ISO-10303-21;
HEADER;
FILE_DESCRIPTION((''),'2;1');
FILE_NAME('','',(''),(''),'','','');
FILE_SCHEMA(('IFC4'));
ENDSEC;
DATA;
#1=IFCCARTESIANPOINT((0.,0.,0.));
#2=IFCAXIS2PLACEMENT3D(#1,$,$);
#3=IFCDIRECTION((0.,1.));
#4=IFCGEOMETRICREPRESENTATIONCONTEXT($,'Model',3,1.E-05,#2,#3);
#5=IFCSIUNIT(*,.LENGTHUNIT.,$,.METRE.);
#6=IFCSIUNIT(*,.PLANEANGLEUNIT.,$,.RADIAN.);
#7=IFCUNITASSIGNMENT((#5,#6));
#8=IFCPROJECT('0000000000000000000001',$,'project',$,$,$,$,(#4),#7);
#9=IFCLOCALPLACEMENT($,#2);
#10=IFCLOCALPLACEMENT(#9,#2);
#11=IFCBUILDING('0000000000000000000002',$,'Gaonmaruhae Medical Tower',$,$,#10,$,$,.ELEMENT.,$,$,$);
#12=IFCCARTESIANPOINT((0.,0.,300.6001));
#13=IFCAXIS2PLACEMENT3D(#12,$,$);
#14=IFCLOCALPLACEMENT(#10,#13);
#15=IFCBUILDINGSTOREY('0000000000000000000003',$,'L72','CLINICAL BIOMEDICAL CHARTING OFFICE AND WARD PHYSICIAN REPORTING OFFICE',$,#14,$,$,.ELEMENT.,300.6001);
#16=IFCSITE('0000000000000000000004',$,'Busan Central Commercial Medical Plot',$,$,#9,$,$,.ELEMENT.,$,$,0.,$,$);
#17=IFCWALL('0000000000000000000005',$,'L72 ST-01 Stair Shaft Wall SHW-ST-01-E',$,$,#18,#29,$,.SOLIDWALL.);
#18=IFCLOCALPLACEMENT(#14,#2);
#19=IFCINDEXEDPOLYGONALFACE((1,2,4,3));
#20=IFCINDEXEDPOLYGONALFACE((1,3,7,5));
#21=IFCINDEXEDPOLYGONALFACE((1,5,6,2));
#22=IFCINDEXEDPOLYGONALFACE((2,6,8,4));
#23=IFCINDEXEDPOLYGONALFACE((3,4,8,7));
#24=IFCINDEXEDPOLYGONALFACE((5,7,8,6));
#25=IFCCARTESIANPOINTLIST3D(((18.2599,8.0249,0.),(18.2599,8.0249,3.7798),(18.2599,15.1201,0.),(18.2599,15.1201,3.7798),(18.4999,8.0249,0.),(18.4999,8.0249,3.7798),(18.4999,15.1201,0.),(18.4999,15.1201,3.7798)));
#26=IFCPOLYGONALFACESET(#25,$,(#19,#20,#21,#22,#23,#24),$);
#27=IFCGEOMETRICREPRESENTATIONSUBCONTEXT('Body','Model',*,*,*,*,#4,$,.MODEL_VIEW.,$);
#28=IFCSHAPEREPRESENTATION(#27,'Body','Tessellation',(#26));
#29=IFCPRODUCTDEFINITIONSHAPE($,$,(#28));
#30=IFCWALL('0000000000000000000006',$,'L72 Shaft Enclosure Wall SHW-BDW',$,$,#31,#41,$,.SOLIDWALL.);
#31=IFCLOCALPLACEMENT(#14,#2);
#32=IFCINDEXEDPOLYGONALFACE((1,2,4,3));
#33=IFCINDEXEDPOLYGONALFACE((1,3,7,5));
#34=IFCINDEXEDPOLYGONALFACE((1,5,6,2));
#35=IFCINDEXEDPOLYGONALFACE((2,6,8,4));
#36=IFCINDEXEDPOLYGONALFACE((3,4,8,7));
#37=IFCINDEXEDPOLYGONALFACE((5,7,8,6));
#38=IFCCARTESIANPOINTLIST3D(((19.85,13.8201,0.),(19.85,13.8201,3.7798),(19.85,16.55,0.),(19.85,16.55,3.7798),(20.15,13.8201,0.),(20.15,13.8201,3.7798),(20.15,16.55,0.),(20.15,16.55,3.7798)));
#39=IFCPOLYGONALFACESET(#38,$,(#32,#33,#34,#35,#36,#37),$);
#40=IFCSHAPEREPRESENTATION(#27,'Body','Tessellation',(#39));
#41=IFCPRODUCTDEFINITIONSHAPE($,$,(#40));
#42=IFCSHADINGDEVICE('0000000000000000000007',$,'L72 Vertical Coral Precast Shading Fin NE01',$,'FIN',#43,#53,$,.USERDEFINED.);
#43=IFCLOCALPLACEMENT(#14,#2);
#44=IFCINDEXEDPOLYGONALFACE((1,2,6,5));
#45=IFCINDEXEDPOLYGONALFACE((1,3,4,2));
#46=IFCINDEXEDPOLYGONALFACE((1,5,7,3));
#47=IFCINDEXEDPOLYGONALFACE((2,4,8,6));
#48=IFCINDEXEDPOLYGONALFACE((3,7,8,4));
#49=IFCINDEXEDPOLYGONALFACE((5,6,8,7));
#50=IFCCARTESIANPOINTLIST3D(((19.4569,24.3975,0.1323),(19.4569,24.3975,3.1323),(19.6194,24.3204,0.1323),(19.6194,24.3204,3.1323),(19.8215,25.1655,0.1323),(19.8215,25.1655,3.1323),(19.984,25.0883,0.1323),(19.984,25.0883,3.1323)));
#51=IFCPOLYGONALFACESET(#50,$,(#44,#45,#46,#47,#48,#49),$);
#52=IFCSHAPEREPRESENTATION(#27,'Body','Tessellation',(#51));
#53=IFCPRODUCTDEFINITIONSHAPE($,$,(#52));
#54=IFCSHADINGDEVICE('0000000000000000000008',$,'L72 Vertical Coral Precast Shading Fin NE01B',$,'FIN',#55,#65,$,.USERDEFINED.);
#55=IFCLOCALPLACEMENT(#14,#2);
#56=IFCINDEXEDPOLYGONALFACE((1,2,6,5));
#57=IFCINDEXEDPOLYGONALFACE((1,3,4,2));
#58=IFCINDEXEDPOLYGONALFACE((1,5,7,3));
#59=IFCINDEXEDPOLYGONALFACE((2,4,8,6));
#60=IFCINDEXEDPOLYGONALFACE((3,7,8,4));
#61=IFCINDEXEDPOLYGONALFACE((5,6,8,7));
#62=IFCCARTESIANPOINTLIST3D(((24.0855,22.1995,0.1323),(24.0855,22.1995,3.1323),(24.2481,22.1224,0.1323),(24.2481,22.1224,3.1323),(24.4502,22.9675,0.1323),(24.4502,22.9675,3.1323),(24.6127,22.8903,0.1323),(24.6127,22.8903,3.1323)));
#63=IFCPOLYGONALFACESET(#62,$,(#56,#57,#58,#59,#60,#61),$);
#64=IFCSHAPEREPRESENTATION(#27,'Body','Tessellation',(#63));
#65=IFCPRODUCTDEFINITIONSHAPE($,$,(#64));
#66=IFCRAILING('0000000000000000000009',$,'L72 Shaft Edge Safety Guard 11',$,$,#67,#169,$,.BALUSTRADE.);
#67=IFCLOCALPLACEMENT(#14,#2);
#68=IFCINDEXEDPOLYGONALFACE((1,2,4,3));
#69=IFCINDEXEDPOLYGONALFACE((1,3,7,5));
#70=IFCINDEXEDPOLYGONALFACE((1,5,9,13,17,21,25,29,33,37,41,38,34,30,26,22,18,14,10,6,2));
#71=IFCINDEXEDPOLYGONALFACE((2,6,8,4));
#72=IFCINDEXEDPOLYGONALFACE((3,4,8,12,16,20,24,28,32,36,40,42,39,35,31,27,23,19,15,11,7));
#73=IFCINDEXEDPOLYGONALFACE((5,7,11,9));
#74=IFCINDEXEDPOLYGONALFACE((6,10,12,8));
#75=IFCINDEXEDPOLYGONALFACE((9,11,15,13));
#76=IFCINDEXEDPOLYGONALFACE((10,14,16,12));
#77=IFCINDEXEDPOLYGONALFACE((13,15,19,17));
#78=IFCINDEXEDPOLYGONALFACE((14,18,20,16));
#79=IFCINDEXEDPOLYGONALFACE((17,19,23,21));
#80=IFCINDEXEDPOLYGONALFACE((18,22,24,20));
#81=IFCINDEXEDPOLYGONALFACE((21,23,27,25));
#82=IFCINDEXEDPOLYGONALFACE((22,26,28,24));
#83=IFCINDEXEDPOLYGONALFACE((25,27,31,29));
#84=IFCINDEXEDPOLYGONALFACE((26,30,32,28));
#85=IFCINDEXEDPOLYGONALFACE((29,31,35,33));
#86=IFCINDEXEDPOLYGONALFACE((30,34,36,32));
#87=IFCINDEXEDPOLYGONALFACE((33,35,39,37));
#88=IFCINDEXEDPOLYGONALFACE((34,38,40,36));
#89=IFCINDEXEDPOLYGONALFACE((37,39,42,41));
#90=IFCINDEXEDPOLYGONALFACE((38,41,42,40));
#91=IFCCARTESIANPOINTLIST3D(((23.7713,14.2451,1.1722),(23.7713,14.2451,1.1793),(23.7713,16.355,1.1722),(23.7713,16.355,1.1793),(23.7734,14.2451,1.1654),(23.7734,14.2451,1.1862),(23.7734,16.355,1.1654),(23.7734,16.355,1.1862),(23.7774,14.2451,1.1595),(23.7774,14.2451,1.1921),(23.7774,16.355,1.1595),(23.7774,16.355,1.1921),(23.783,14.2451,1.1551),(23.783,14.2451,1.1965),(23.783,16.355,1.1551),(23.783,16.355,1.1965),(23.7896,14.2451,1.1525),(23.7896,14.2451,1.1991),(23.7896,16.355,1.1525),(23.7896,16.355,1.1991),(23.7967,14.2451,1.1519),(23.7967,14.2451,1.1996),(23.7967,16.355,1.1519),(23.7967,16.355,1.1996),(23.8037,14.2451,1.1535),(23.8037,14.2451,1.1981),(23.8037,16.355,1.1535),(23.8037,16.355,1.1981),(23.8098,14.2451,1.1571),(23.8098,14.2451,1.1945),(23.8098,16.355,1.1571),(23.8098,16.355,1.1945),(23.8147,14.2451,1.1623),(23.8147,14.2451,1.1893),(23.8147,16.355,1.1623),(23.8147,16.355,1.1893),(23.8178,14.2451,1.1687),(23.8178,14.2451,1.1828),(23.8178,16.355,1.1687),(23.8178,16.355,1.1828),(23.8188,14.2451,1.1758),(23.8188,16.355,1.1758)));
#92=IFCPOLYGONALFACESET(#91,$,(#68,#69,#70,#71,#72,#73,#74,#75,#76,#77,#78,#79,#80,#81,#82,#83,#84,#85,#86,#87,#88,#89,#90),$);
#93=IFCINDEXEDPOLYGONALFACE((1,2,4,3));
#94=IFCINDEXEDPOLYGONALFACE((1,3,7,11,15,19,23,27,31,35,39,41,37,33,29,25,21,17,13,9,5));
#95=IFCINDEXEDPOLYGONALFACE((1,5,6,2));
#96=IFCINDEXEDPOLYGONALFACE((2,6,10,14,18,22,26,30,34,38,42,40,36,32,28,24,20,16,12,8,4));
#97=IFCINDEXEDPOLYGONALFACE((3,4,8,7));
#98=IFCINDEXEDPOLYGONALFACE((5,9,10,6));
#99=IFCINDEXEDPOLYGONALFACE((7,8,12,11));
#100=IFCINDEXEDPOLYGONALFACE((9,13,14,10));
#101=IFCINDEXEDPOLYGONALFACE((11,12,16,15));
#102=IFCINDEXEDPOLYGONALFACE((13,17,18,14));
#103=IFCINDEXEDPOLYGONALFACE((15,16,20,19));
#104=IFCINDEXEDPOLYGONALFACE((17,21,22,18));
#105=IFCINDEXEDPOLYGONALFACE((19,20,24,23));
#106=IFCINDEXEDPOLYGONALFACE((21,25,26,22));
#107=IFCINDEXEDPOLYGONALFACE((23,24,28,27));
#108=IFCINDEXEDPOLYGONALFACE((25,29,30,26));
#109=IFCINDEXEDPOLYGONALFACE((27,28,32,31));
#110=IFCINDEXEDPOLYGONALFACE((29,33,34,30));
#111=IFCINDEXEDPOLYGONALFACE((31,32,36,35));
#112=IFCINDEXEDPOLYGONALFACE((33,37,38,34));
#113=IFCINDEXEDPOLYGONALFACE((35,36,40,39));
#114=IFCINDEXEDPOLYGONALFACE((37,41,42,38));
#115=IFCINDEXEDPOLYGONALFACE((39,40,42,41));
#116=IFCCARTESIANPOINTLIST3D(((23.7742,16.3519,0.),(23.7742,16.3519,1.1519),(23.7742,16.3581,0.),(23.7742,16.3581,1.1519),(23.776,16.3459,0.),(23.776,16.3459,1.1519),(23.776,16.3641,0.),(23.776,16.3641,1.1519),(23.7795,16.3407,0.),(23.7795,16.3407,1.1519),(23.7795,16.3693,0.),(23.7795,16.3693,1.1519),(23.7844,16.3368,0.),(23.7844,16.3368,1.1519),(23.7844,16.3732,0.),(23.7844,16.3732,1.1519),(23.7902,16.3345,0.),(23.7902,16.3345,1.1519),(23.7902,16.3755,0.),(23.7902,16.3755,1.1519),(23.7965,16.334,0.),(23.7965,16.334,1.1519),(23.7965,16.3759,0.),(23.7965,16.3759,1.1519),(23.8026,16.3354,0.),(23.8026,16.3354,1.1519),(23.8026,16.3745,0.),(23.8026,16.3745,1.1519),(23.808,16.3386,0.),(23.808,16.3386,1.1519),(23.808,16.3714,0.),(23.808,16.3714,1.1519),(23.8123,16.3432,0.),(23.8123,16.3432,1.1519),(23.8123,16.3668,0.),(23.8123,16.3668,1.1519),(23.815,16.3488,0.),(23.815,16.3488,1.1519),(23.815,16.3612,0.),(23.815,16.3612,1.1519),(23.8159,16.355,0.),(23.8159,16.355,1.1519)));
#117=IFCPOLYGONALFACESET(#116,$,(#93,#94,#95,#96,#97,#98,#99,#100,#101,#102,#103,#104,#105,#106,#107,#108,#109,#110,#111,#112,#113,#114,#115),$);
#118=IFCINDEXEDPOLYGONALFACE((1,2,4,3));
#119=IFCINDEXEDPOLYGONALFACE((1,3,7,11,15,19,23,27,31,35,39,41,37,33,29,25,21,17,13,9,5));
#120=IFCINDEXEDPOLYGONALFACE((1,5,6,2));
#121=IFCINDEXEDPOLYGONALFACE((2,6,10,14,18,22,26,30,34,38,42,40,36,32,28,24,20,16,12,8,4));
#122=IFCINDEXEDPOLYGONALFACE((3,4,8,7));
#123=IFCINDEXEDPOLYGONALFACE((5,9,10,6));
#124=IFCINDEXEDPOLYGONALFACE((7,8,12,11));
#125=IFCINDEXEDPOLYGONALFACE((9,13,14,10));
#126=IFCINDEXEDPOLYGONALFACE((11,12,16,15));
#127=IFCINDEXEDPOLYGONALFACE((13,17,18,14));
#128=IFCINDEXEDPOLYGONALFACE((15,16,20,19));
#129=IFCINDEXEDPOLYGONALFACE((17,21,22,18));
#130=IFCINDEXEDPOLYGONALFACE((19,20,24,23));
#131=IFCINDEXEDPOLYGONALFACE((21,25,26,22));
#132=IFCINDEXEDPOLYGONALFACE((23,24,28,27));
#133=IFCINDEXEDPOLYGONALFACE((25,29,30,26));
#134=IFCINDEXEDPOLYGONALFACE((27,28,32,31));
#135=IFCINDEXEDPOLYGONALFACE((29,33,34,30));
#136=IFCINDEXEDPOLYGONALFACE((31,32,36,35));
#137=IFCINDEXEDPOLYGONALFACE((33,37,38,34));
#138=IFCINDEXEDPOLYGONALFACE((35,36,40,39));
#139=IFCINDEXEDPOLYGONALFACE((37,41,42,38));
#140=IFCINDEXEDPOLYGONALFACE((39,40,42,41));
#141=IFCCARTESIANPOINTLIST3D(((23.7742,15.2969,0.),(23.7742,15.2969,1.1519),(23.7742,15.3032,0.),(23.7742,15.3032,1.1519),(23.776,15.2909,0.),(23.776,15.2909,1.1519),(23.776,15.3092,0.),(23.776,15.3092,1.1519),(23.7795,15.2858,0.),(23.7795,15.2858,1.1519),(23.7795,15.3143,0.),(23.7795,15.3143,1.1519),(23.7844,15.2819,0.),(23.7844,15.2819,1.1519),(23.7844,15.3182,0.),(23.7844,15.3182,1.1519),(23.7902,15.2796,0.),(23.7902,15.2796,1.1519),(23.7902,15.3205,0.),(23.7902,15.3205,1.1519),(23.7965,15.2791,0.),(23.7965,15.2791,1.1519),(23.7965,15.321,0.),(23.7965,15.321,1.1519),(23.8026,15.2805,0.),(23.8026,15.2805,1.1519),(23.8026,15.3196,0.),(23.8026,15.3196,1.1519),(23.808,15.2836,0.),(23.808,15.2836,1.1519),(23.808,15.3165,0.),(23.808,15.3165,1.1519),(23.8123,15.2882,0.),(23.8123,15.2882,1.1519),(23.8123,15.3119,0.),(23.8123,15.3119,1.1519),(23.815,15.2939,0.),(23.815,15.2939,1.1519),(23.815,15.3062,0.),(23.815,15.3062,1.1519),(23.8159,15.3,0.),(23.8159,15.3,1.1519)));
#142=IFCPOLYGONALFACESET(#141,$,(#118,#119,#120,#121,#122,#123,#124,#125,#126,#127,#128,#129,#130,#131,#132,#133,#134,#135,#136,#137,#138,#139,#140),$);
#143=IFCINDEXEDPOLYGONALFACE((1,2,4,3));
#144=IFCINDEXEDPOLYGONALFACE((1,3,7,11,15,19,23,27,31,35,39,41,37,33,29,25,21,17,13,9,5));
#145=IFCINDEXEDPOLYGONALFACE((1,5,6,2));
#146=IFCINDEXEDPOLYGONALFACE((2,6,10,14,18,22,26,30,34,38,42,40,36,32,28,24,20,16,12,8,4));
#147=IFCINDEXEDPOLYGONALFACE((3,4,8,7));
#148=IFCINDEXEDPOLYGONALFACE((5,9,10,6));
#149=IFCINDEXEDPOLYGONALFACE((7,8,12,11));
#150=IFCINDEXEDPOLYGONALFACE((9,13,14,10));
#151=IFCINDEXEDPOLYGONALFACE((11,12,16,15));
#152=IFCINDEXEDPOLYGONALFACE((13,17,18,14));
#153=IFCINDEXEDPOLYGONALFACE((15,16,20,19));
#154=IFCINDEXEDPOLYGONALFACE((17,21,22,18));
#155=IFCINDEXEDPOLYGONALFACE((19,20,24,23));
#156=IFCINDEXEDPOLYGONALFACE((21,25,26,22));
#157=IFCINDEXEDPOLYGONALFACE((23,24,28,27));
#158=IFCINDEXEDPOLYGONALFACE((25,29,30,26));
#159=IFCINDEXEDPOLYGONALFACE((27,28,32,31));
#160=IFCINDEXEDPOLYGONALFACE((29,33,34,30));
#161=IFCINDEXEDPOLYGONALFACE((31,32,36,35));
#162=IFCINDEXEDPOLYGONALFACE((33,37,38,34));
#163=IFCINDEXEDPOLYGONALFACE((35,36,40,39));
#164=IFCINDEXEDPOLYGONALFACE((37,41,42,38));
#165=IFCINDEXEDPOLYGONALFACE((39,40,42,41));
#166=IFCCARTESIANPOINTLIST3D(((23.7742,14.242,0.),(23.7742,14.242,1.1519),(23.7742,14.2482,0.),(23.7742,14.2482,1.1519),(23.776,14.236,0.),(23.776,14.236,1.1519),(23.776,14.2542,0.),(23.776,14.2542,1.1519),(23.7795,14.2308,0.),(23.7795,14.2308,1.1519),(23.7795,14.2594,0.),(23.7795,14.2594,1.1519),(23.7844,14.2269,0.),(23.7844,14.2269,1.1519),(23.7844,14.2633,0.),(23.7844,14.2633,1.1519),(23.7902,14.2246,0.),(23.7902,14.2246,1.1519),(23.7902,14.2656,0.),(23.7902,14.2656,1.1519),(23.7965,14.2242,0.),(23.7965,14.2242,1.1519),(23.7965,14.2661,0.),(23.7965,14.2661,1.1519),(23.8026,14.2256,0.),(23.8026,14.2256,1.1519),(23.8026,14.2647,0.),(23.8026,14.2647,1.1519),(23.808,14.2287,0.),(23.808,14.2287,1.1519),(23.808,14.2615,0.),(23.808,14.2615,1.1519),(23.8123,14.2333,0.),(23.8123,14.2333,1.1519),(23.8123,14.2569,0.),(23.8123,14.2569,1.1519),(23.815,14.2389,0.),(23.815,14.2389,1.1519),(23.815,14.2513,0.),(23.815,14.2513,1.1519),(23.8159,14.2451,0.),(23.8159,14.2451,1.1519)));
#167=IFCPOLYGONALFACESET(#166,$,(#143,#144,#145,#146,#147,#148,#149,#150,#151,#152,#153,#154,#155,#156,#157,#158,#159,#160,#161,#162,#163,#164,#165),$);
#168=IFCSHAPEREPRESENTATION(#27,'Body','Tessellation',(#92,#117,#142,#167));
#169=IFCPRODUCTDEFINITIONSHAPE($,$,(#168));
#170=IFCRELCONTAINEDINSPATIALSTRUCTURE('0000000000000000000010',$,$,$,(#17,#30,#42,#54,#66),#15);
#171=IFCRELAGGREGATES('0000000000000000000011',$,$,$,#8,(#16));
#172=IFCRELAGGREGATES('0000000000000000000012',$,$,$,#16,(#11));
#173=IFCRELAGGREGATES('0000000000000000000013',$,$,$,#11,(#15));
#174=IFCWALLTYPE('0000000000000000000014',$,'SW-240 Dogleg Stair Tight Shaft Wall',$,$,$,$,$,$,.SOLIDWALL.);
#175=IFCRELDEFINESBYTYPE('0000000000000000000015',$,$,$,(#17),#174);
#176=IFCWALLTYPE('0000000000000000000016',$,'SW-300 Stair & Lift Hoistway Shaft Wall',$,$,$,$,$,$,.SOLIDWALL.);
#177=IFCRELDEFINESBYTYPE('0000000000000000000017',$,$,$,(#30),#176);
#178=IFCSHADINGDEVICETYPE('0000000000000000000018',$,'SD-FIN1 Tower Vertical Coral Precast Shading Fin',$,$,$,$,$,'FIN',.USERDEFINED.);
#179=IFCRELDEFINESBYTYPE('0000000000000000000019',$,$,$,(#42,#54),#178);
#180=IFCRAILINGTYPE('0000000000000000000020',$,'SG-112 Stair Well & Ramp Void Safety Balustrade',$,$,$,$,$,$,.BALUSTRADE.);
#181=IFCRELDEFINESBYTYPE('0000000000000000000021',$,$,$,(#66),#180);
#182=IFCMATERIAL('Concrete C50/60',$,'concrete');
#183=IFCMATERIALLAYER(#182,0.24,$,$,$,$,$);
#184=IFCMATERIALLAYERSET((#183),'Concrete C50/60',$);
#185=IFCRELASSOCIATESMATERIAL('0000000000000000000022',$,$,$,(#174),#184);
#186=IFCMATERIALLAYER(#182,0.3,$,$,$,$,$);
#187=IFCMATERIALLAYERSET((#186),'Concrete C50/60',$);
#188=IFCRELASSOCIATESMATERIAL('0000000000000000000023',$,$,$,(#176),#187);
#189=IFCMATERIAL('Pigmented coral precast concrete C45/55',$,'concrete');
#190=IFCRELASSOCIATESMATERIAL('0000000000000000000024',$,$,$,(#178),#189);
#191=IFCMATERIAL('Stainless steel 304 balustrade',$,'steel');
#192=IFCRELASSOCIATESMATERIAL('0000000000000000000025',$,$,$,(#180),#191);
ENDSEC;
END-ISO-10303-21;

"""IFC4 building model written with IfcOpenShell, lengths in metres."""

from ifc_helpers import new_model, si_unit, direction, frame, frame_2d, origin, origin_2d, place, context, subcontext, project, spatial, rectangle, circle, extrude, material, layer, layer_set, type_object, element, save


model = new_model("IFC4")

# Units and contexts
model_context = context("Model", 3, precision=1e-05, world=origin(), true_north=direction((0.0, 1.0)))
body_context = subcontext(model_context, "Body", "Model", "MODEL_VIEW")
ifc_project = project(units=[si_unit("LENGTHUNIT", "METRE"), si_unit("PLANEANGLEUNIT", "RADIAN")], contexts=[model_context])

# Site, building, storey
site_placement = place(None, origin())
site = spatial("IfcSite", under=ifc_project, at=site_placement, Name="Busan Central Commercial Medical Plot", CompositionType="ELEMENT", RefElevation=0.0)
building_placement = place(site_placement, origin())
building = spatial("IfcBuilding", under=site, at=building_placement, Name="Gaonmaruhae Medical Tower", CompositionType="ELEMENT")
storey_placement = place(building_placement, frame((0.0, 0.0, 300.6001)))
storey = spatial("IfcBuildingStorey", under=building, at=storey_placement, Name="L72", Description="CLINICAL BIOMEDICAL CHARTING OFFICE AND WARD PHYSICIAN REPORTING OFFICE", CompositionType="ELEMENT", Elevation=300.6001)

# Shared definitions
ifc_material_1 = material(Name="Concrete C50/60", Category="concrete")

# Wall
ifc_layer_1 = layer(ifc_material_1, 0.24)
ifc_layer_set_1 = layer_set([ifc_layer_1], Name="Concrete C50/60")
wall_type_1 = type_object("IfcWallType", Name="SW-240 Dogleg Stair Tight Shaft Wall", PredefinedType="SOLIDWALL", material=ifc_layer_set_1)
wall_1_placement = place(storey_placement, frame((18.3799, 15.1201, 0.0), z_axis=(0.0, 0.0, 1.0), x_axis=(0.0, -1.0, 0.0)))
element("IfcWall", 1, at=wall_1_placement, inside=storey, type_object=wall_type_1, Name="L72 ST-01 Stair Shaft Wall SHW-ST-01-E", PredefinedType="SOLIDWALL", context=body_context, shape_type="SweptSolid", body=[
    extrude(rectangle(XDim=7.0952, YDim=0.24, at=frame_2d((3.5476, 0.0))), origin(), (0.0, 0.0, 1.0), 3.7798),
])

# Shared definitions
ifc_layer_2 = layer(ifc_material_1, 0.3)
ifc_layer_set_2 = layer_set([ifc_layer_2], Name="Concrete C50/60")
wall_type_2 = type_object("IfcWallType", Name="SW-300 Stair & Lift Hoistway Shaft Wall", PredefinedType="SOLIDWALL", material=ifc_layer_set_2)

# Wall
wall_2_placement = place(storey_placement, frame((20.0, 13.8201, 0.0), z_axis=(0.0, 0.0, 1.0), x_axis=(0.0, 1.0, 0.0)))
element("IfcWall", 2, at=wall_2_placement, inside=storey, type_object=wall_type_2, Name="L72 Shaft Enclosure Wall SHW-BDW", PredefinedType="SOLIDWALL", context=body_context, shape_type="SweptSolid", body=[
    extrude(rectangle(XDim=2.73, YDim=0.3, at=frame_2d((1.365, 0.0))), origin(), (0.0, 0.0, 1.0), 3.7798),
])

# Shading devices
ifc_material_2 = material(Name="Pigmented coral precast concrete C45/55", Category="concrete")
shading_device_type = type_object("IfcShadingDeviceType", Name="SD-FIN1 Tower Vertical Coral Precast Shading Fin", ElementType="FIN", PredefinedType="USERDEFINED", material=ifc_material_2)
for number, where, z_axis, x_axis, name in (
    (3, (19.7205, 24.7429, 0.1323), (0.0, 0.0, 1.0), (0.903335, -0.428935, 0.0), "L72 Vertical Coral Precast Shading Fin NE01"),
    (4, (24.3491, 22.5449, 0.1323), (0.0, 0.0, 1.0), (0.903335, -0.428935, 0.0), "L72 Vertical Coral Precast Shading Fin NE01B"),
):
    element("IfcShadingDevice", number, at=place(storey_placement, frame(where, z_axis=z_axis, x_axis=x_axis)), inside=storey, type_object=shading_device_type, Name=name, ObjectType="FIN", PredefinedType="USERDEFINED", context=body_context, shape_type="SweptSolid", body=[
        extrude(rectangle(XDim=0.1799, YDim=0.8501, at=origin_2d()), origin(), (0.0, 0.0, 1.0), 3.0),
    ])

# Railing
ifc_material_3 = material(Name="Stainless steel 304 balustrade", Category="steel")
railing_type = type_object("IfcRailingType", Name="SG-112 Stair Well & Ramp Void Safety Balustrade", PredefinedType="BALUSTRADE", material=ifc_material_3)
railing_placement = place(storey_placement, frame((23.7949, 16.355, 0.0)))
element("IfcRailing", 5, at=railing_placement, inside=storey, type_object=railing_type, Name="L72 Shaft Edge Safety Guard 11", PredefinedType="BALUSTRADE", context=body_context, shape_type="SweptSolid", body=[
    extrude(circle(Radius=0.0239, at=origin_2d()), frame((0.0, 0.0, 1.1758), z_axis=(0.0, -1.0, 0.0), x_axis=(1.0, 0.0, 0.0)), (0.0, 0.0, 1.0), 2.1099),
    extrude(circle(Radius=0.021, at=origin_2d()), origin(), (0.0, 0.0, 1.0), 1.1519),
    extrude(circle(Radius=0.021, at=origin_2d()), frame((0.0, -1.0549, 0.0)), (0.0, 0.0, 1.0), 1.1519),
    extrude(circle(Radius=0.021, at=origin_2d()), frame((0.0, -2.1099, 0.0)), (0.0, 0.0, 1.0), 1.1519),
])

save(model, "model.ifc")
